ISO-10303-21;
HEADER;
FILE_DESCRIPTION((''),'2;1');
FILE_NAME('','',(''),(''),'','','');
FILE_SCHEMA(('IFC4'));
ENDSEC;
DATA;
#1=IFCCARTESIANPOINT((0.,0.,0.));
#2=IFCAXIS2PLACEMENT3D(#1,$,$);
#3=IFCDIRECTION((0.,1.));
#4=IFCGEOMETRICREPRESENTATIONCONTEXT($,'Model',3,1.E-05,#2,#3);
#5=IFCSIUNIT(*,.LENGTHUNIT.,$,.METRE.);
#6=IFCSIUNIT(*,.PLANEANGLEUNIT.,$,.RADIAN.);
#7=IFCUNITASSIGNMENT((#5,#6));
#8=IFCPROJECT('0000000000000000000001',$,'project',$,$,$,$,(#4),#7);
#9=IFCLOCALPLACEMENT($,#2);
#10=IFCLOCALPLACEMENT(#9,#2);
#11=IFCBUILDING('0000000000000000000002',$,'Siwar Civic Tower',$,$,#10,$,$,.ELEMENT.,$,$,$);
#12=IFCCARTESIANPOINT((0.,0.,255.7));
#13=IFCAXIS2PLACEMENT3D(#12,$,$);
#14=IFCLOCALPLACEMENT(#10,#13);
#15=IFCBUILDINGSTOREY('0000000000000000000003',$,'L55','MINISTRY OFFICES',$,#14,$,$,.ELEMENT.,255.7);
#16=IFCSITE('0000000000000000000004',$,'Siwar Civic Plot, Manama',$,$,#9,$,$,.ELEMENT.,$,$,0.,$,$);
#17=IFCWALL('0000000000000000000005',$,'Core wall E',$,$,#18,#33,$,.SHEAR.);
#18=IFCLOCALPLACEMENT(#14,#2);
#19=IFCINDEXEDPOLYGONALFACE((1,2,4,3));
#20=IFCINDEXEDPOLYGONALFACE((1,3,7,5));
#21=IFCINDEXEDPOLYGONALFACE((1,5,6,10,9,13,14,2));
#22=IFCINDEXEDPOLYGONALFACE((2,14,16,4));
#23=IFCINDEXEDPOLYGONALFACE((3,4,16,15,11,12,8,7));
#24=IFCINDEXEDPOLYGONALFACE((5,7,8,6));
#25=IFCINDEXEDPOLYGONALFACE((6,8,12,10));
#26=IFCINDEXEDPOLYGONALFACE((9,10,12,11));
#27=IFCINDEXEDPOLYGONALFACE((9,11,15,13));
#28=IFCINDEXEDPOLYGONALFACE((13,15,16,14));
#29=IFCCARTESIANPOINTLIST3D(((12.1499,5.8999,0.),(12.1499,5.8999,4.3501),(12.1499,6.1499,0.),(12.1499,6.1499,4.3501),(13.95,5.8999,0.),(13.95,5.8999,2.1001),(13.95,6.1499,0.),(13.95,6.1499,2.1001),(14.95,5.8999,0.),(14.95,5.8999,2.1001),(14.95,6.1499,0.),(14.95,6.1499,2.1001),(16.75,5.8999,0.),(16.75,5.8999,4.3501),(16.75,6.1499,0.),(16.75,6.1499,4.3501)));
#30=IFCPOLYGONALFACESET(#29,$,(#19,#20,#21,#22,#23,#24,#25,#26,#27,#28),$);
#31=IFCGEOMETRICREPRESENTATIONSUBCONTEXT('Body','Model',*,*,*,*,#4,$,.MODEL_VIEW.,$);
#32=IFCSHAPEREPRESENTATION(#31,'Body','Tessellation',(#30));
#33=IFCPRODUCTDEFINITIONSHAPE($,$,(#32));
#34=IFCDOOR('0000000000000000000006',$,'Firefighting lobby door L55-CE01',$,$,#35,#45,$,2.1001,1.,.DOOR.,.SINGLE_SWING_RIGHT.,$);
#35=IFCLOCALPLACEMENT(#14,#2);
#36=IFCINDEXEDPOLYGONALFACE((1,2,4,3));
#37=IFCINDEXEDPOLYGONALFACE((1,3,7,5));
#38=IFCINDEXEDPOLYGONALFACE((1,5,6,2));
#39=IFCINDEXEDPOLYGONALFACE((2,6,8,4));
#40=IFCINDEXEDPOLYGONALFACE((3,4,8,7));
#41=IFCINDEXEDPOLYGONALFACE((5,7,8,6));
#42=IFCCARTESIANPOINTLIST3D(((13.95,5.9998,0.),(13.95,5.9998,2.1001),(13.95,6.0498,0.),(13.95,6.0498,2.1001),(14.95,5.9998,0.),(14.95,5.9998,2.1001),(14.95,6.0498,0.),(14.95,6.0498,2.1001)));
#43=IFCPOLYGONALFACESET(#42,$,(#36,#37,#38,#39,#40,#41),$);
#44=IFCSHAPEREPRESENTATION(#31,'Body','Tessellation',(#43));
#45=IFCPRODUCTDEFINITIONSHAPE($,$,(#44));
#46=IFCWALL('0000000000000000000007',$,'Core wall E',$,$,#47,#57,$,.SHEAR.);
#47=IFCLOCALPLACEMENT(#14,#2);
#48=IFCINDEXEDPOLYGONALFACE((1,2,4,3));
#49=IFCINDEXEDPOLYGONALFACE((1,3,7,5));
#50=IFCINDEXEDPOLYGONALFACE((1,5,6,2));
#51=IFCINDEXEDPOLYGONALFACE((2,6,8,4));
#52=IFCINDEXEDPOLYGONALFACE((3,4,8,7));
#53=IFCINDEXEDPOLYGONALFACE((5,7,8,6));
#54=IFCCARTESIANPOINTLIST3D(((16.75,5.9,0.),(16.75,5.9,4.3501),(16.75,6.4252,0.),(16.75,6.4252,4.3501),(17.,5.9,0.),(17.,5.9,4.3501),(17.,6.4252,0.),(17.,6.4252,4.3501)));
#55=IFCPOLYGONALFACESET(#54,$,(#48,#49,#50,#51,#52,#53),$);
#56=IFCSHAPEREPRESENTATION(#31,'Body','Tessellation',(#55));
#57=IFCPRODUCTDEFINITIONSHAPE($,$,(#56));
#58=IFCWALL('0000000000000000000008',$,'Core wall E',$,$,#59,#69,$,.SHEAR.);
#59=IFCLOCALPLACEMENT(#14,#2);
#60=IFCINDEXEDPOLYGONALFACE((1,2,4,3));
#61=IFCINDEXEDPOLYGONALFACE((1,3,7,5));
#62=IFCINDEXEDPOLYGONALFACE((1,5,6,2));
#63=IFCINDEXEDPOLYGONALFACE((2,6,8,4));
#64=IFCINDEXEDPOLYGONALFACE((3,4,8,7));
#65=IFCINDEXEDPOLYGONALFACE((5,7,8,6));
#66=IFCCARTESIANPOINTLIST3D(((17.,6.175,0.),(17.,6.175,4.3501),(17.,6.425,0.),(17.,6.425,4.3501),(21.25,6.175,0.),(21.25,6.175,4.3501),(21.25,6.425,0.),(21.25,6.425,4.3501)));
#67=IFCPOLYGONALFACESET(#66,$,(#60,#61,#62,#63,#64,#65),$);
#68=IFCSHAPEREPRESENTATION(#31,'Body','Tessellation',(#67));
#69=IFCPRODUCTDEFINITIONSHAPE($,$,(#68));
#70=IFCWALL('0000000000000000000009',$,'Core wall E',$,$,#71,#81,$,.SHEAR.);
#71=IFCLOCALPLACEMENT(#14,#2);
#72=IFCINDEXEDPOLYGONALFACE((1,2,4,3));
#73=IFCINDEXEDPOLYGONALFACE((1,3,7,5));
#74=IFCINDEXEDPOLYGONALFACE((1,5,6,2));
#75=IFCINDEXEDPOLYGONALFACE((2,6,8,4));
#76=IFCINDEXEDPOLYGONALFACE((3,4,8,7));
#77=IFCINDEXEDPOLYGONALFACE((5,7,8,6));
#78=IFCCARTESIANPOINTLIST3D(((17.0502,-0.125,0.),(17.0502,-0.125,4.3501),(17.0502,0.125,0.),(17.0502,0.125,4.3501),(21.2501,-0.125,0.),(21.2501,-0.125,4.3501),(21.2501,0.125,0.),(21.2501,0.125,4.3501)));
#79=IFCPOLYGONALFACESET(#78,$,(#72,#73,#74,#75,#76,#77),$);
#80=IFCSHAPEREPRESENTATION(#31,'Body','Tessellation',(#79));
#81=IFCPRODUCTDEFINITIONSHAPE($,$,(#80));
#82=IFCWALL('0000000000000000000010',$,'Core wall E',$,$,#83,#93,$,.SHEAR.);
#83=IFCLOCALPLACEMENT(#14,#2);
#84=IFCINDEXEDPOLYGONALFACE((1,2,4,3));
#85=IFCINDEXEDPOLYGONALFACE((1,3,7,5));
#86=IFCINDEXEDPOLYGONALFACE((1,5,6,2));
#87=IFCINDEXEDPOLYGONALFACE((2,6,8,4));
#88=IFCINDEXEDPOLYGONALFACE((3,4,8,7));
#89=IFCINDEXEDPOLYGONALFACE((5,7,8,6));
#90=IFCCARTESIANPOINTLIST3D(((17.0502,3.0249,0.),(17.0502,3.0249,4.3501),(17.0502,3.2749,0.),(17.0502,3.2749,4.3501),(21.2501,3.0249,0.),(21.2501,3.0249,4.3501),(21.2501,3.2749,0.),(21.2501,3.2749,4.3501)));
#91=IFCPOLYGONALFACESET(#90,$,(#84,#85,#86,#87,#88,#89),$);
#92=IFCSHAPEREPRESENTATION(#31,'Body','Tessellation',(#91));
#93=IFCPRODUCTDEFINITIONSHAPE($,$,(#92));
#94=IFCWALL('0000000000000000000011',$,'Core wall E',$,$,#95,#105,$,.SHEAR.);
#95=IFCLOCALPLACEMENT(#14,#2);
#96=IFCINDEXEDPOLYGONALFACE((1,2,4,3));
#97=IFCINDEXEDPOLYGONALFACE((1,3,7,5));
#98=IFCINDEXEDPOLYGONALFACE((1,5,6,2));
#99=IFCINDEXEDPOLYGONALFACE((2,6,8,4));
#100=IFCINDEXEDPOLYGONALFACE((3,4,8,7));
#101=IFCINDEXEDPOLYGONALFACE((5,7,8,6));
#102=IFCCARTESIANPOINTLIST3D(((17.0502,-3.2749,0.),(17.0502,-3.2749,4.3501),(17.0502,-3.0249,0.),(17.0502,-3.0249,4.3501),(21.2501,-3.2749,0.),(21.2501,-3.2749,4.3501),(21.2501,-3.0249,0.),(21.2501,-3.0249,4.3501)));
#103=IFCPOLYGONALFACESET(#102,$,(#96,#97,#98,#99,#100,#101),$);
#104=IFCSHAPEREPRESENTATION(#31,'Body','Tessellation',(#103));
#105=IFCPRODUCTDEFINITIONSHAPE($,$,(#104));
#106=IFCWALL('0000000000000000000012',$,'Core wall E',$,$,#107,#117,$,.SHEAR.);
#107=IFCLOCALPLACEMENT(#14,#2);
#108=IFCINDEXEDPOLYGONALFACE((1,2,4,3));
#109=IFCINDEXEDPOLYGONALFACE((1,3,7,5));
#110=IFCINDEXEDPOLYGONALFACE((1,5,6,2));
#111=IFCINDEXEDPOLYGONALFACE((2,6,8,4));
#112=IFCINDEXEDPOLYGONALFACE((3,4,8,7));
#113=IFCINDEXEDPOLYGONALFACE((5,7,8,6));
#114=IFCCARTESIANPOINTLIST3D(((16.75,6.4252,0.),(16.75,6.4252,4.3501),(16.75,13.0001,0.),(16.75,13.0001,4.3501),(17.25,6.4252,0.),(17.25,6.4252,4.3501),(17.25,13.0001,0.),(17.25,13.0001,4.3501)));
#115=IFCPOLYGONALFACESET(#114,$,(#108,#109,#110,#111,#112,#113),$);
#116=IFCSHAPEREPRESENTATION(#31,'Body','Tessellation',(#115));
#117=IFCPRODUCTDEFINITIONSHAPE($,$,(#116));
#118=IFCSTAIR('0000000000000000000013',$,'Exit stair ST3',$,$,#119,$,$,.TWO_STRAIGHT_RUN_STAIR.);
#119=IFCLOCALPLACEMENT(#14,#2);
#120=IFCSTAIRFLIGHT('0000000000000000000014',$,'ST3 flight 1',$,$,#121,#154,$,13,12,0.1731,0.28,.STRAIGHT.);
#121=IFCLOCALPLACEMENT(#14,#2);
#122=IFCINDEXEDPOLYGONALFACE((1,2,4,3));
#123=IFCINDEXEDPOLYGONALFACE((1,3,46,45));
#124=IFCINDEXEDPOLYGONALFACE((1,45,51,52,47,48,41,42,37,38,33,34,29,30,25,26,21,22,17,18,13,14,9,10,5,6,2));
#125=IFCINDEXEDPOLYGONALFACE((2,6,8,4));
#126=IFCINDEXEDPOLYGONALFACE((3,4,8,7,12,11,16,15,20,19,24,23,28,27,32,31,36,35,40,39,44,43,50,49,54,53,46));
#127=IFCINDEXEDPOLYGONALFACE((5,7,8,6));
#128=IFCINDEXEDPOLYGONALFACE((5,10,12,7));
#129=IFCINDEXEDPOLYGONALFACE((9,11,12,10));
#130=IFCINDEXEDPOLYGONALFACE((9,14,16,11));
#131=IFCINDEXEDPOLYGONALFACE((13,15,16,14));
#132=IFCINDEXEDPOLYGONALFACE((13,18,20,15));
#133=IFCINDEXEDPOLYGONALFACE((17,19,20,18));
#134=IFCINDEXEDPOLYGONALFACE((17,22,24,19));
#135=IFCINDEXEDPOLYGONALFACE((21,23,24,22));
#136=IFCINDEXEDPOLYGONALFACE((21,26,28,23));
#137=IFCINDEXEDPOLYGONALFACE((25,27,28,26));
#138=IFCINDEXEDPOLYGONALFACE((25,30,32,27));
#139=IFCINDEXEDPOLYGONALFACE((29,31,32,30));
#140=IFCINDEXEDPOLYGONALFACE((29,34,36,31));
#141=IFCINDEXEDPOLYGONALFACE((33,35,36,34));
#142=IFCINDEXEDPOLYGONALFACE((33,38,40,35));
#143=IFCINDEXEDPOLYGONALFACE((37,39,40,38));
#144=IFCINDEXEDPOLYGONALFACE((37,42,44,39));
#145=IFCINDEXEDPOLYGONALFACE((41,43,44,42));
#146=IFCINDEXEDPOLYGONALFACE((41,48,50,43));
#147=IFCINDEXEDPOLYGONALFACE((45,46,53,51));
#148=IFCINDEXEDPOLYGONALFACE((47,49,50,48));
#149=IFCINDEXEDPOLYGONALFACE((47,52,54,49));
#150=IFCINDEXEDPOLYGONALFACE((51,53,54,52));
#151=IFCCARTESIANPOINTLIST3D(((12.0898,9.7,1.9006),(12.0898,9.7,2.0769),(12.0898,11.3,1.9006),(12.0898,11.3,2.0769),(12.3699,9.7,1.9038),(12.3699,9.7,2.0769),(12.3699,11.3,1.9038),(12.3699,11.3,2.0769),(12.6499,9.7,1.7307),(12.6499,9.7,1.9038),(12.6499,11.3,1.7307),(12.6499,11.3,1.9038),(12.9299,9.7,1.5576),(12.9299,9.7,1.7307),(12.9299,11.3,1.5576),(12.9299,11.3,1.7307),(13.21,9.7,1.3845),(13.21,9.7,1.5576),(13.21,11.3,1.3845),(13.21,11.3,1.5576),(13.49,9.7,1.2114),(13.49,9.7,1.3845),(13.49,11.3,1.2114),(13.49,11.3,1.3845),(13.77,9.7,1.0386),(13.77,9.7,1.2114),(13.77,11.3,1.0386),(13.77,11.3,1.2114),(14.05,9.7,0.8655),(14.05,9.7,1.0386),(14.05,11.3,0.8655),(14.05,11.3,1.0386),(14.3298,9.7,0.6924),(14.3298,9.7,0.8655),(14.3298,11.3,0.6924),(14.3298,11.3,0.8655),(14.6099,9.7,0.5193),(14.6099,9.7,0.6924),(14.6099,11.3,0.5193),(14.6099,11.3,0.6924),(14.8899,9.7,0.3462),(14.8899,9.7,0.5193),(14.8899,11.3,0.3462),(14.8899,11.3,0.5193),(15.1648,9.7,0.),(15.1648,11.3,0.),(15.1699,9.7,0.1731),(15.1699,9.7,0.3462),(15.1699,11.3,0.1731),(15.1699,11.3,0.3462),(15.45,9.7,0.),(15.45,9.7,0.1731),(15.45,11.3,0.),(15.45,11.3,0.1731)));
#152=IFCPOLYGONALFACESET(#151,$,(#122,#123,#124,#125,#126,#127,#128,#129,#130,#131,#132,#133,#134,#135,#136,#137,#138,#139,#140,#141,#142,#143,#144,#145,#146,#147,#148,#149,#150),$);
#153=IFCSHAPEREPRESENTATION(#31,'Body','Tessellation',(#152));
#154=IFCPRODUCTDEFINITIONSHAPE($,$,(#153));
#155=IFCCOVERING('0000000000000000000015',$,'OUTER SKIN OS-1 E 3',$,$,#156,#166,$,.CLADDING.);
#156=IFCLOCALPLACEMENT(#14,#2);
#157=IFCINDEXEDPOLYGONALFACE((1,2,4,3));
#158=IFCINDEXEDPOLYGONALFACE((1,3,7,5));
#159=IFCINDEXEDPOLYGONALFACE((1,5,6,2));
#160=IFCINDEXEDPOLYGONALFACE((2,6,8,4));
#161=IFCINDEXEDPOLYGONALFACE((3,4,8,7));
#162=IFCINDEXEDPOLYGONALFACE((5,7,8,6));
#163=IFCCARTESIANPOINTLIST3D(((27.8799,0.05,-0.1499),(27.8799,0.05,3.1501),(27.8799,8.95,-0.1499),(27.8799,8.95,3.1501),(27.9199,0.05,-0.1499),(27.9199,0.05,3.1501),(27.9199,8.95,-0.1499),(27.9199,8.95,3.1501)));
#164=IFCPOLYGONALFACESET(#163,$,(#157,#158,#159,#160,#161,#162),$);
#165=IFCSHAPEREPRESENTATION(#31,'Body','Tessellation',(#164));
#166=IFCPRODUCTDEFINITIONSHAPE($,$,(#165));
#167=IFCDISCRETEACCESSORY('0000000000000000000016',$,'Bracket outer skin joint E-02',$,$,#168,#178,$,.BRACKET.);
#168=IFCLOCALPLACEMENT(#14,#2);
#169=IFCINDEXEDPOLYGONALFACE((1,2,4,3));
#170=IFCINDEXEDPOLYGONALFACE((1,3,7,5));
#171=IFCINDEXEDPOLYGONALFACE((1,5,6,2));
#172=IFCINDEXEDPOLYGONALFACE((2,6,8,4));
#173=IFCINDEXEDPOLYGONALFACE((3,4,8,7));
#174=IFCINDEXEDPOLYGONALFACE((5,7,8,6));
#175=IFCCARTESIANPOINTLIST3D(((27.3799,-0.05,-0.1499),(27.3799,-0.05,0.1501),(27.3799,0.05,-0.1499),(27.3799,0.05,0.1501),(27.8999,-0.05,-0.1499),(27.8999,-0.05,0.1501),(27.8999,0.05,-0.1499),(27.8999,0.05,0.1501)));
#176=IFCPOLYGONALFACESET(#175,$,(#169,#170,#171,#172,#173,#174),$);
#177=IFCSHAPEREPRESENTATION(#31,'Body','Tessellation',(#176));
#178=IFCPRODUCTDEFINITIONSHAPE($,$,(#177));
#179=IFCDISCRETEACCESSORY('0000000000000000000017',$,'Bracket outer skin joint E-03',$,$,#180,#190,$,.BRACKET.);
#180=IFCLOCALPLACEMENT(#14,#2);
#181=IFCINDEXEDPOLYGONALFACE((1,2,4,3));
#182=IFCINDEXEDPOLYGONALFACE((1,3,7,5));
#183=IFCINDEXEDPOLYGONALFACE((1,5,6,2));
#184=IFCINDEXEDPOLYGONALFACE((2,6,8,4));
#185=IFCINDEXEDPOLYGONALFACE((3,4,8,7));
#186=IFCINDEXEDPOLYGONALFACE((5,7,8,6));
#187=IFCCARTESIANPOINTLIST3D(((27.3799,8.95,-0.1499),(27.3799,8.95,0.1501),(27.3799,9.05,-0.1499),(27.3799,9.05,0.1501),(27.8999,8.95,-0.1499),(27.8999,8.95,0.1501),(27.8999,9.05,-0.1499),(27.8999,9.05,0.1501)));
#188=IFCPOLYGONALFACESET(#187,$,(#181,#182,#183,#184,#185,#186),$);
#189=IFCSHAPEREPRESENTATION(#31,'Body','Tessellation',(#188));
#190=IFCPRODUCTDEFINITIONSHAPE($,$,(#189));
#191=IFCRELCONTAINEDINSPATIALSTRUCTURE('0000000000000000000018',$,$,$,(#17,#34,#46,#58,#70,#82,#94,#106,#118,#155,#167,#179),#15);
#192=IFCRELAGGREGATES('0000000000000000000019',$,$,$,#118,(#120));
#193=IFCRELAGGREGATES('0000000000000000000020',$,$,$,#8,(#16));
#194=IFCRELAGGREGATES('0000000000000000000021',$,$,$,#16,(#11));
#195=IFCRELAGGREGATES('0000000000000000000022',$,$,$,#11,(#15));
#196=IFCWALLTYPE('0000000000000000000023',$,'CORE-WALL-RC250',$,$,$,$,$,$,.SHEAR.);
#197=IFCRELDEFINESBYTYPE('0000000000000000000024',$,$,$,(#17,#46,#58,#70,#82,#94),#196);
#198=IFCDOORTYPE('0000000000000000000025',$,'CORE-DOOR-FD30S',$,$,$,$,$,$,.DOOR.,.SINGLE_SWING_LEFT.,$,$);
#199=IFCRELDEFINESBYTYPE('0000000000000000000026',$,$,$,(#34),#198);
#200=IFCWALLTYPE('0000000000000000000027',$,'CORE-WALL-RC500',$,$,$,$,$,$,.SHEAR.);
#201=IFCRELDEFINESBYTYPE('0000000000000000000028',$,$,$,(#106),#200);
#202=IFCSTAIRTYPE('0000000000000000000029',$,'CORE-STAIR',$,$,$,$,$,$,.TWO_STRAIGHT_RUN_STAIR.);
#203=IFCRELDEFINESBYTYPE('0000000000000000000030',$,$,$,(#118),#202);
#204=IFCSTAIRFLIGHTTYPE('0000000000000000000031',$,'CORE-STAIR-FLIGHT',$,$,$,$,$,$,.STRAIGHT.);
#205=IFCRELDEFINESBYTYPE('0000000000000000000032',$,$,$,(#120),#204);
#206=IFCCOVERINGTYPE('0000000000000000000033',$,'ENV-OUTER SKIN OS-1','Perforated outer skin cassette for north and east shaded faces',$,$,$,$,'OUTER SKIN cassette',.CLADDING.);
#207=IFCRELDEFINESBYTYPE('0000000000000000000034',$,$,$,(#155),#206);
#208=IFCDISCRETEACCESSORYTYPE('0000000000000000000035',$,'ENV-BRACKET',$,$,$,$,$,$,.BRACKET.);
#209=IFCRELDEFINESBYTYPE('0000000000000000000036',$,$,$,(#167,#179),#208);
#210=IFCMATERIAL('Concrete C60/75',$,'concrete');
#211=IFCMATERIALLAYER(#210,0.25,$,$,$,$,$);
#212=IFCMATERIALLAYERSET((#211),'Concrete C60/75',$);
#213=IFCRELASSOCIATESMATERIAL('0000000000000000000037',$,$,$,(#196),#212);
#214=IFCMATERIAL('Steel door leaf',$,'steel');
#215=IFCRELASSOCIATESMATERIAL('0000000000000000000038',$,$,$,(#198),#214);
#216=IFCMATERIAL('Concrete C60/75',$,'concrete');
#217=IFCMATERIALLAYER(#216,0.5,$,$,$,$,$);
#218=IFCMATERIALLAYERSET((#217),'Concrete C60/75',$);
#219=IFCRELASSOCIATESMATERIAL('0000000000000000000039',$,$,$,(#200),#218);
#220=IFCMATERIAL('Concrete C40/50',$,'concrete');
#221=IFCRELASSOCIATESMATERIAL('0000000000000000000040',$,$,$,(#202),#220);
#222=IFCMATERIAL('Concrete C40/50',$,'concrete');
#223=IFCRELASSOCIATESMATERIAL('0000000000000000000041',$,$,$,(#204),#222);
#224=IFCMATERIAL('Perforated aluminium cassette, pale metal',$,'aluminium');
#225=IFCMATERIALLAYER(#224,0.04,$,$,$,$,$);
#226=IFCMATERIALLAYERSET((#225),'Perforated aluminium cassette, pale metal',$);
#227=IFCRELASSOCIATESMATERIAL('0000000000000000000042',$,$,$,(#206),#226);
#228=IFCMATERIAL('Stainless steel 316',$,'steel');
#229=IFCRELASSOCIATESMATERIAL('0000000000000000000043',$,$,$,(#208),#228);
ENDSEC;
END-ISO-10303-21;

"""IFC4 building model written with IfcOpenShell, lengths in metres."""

from ifc_helpers import new_model, si_unit, direction, frame, frame_2d, origin, origin_2d, place, context, subcontext, project, spatial, polyline, rectangle, outline, extrude, material, layer, layer_set, type_object, element, fill, aggregate, save


model = new_model("IFC4")

# Units and contexts
model_context = context("Model", 3, precision=1e-05, world=origin(), true_north=direction((0.0, 1.0)))
body_context = subcontext(model_context, "Body", "Model", "MODEL_VIEW")
ifc_project = project(units=[si_unit("LENGTHUNIT", "METRE"), si_unit("PLANEANGLEUNIT", "RADIAN")], contexts=[model_context])

# Site, building, storey
site_placement = place(None, origin())
site = spatial("IfcSite", under=ifc_project, at=site_placement, Name="Siwar Civic Plot, Manama", CompositionType="ELEMENT", RefElevation=0.0)
building_placement = place(site_placement, origin())
building = spatial("IfcBuilding", under=site, at=building_placement, Name="Siwar Civic Tower", CompositionType="ELEMENT")
storey_placement = place(building_placement, frame((0.0, 0.0, 255.7)))
storey = spatial("IfcBuildingStorey", under=building, at=storey_placement, Name="L55", Description="MINISTRY OFFICES", CompositionType="ELEMENT", Elevation=255.7)

# Wall, opening, door
ifc_material_1 = material(Name="Concrete C60/75", Category="concrete")
ifc_layer_1 = layer(ifc_material_1, 0.25)
ifc_layer_set_1 = layer_set([ifc_layer_1], Name="Concrete C60/75")
wall_type_1 = type_object("IfcWallType", Name="CORE-WALL-RC250", PredefinedType="SHEAR", material=ifc_layer_set_1)
wall_1_placement = place(storey_placement, frame((12.1499, 6.0249, 0.0), z_axis=(0.0, 0.0, 1.0), x_axis=(1.0, 0.0, 0.0)))
wall_1 = element("IfcWall", 1, at=wall_1_placement, inside=storey, type_object=wall_type_1, Name="Core wall E", PredefinedType="SHEAR", context=body_context, shape_type="SweptSolid", body=[
    extrude(rectangle(XDim=4.6001, YDim=0.25, at=frame_2d((2.3, 0.0))), origin(), (0.0, 0.0, 1.0), 4.3501),
])
opening_placement = place(wall_1_placement, frame((1.8, 0.0, 0.0)))
opening = element("IfcOpeningElement", 2, at=opening_placement, cuts=wall_1, PredefinedType="OPENING", context=body_context, shape_type="SweptSolid", body=[
    extrude(rectangle(XDim=1.0, YDim=2.1001, at=frame_2d((0.5, 1.05))), frame((0.0, 0.135, 0.0), z_axis=(0.0, -1.0, 0.0), x_axis=(1.0, 0.0, 0.0)), (0.0, 0.0, 1.0), 0.27),
])
ifc_material_2 = material(Name="Steel door leaf", Category="steel")
door_type = type_object("IfcDoorType", Name="CORE-DOOR-FD30S", OperationType="SINGLE_SWING_LEFT", PredefinedType="DOOR", material=ifc_material_2)
door_placement = place(opening_placement, origin())
door = element("IfcDoor", 3, at=door_placement, inside=storey, type_object=door_type, Name="Firefighting lobby door L55-CE01", OperationType="SINGLE_SWING_RIGHT", OverallHeight=2.1001, OverallWidth=1.0, PredefinedType="DOOR", context=body_context, shape_type="SweptSolid", body=[
    extrude(rectangle(XDim=1.0, YDim=2.1001, at=frame_2d((0.5, 1.05))), frame((0.0, 0.0249, 0.0), z_axis=(0.0, -1.0, 0.0), x_axis=(1.0, 0.0, 0.0)), (0.0, 0.0, 1.0), 0.05),
])
fill(opening, door)

# Walls
wall_2_placement = place(storey_placement, frame((16.875, 5.8999, 0.0), z_axis=(0.0, 0.0, 1.0), x_axis=(0.0, 1.0, 0.0)))
element("IfcWall", 4, at=wall_2_placement, inside=storey, type_object=wall_type_1, Name="Core wall E", PredefinedType="SHEAR", context=body_context, shape_type="SweptSolid", body=[
    extrude(rectangle(XDim=0.5251, YDim=0.25, at=frame_2d((0.2627, 0.0))), origin(), (0.0, 0.0, 1.0), 4.3501),
])
wall_3_placement = place(storey_placement, frame((17.0, 6.3, 0.0), z_axis=(0.0, 0.0, 1.0), x_axis=(1.0, 0.0, 0.0)))
element("IfcWall", 5, at=wall_3_placement, inside=storey, type_object=wall_type_1, Name="Core wall E", PredefinedType="SHEAR", context=body_context, shape_type="SweptSolid", body=[
    extrude(rectangle(XDim=4.25, YDim=0.25, at=frame_2d((2.125, 0.0))), origin(), (0.0, 0.0, 1.0), 4.3501),
])
for number, where, z_axis, x_axis, name in (
    (6, (17.05, 0.0, 0.0), (0.0, 0.0, 1.0), (1.0, 0.0, 0.0), "Core wall E"),
    (7, (17.05, 3.1499, 0.0), (0.0, 0.0, 1.0), (1.0, 0.0, 0.0), "Core wall E"),
    (8, (17.05, -3.1499, 0.0), (0.0, 0.0, 1.0), (1.0, 0.0, 0.0), "Core wall E"),
):
    element("IfcWall", number, at=place(storey_placement, frame(where, z_axis=z_axis, x_axis=x_axis)), inside=storey, type_object=wall_type_1, Name=name, PredefinedType="SHEAR", context=body_context, shape_type="SweptSolid", body=[
        extrude(rectangle(XDim=4.2, YDim=0.25, at=frame_2d((2.1001, 0.0))), origin(), (0.0, 0.0, 1.0), 4.3501),
    ])
ifc_material_3 = material(Name="Concrete C60/75", Category="concrete")
ifc_layer_2 = layer(ifc_material_3, 0.5)
ifc_layer_set_2 = layer_set([ifc_layer_2], Name="Concrete C60/75")
wall_type_2 = type_object("IfcWallType", Name="CORE-WALL-RC500", PredefinedType="SHEAR", material=ifc_layer_set_2)
wall_4_placement = place(storey_placement, frame((17.0, 6.425, 0.0), z_axis=(0.0, 0.0, 1.0), x_axis=(0.0, 1.0, 0.0)))
element("IfcWall", 9, at=wall_4_placement, inside=storey, type_object=wall_type_2, Name="Core wall E", PredefinedType="SHEAR", context=body_context, shape_type="SweptSolid", body=[
    extrude(rectangle(XDim=6.575, YDim=0.5, at=frame_2d((3.2876, 0.0))), origin(), (0.0, 0.0, 1.0), 4.3501),
])

# Stair, stair flight
ifc_material_4 = material(Name="Concrete C40/50", Category="concrete")
stair_type = type_object("IfcStairType", Name="CORE-STAIR", PredefinedType="TWO_STRAIGHT_RUN_STAIR", material=ifc_material_4)
stair_placement = place(storey_placement, origin())
stair = element("IfcStair", 10, at=stair_placement, inside=storey, type_object=stair_type, Name="Exit stair ST3", PredefinedType="TWO_STRAIGHT_RUN_STAIR")
ifc_material_5 = material(Name="Concrete C40/50", Category="concrete")
stair_flight_type = type_object("IfcStairFlightType", Name="CORE-STAIR-FLIGHT", PredefinedType="STRAIGHT", material=ifc_material_5)
stair_flight_placement = place(storey_placement, frame((15.45, 10.5, 0.0), z_axis=(0.0, 0.0, 1.0), x_axis=(-1.0, 0.0, 0.0)))
stair_flight = element("IfcStairFlight", 11, at=stair_flight_placement, type_object=stair_flight_type, Name="ST3 flight 1", NumberOfRisers=13, NumberOfTreads=12, PredefinedType="STRAIGHT", RiserHeight=0.1731, TreadLength=0.28, context=body_context, shape_type="SweptSolid", body=[
    extrude(outline(polyline([(0.0, 0.0), (0.0, 0.1731), (0.28, 0.1731), (0.28, 0.3462), (0.5601, 0.3462), (0.5601, 0.5193), (0.8401, 0.5193), (0.8401, 0.6924), (1.1201, 0.6924), (1.1201, 0.8655), (1.3999, 0.8655), (1.3999, 1.0386), (1.6799, 1.0386), (1.6799, 1.2114), (1.96, 1.2114), (1.96, 1.3845), (2.24, 1.3845), (2.24, 1.5576), (2.52, 1.5576), (2.52, 1.7307), (2.8, 1.7307), (2.8, 1.9038), (3.0801, 1.9038), (3.0801, 2.0769), (3.3601, 2.0769), (3.3601, 2.25), (3.3601, 1.9006), (0.2852, 0.0), (0.0, 0.0)])), frame((0.0, 0.8, 0.0), z_axis=(0.0, -1.0, 0.0), x_axis=(1.0, 0.0, 0.0)), (0.0, 0.0, 1.0), 1.6001),
])
aggregate(stair, [stair_flight])

# Covering
ifc_material_6 = material(Name="Perforated aluminium cassette, pale metal", Category="aluminium")
ifc_layer_3 = layer(ifc_material_6, 0.04)
ifc_layer_set_3 = layer_set([ifc_layer_3], Name="Perforated aluminium cassette, pale metal")
covering_type = type_object("IfcCoveringType", Name="ENV-OUTER SKIN OS-1", Description="Perforated outer skin cassette for north and east shaded faces", ElementType="OUTER SKIN cassette", PredefinedType="CLADDING", material=ifc_layer_set_3)
covering_placement = place(storey_placement, frame((27.8999, 4.5, -0.1499), z_axis=(0.0, 0.0, 1.0), x_axis=(0.0, 1.0, 0.0)))
element("IfcCovering", 12, at=covering_placement, inside=storey, type_object=covering_type, Name="OUTER SKIN OS-1 E 3", PredefinedType="CLADDING", context=body_context, shape_type="SweptSolid", body=[
    extrude(rectangle(XDim=8.8999, YDim=0.04, at=origin_2d()), origin(), (0.0, 0.0, 1.0), 3.3),
])

# Discrete accessories
ifc_material_7 = material(Name="Stainless steel 316", Category="steel")
discrete_accessory_type = type_object("IfcDiscreteAccessoryType", Name="ENV-BRACKET", PredefinedType="BRACKET", material=ifc_material_7)
for number, where, z_axis, x_axis, name in (
    (13, (27.6399, 0.0, -0.1499), (0.0, 0.0, 1.0), (1.0, 0.0, 0.0), "Bracket outer skin joint E-02"),
    (14, (27.6399, 9.0, -0.1499), (0.0, 0.0, 1.0), (1.0, 0.0, 0.0), "Bracket outer skin joint E-03"),
):
    element("IfcDiscreteAccessory", number, at=place(storey_placement, frame(where, z_axis=z_axis, x_axis=x_axis)), inside=storey, type_object=discrete_accessory_type, Name=name, PredefinedType="BRACKET", context=body_context, shape_type="SweptSolid", body=[
        extrude(rectangle(XDim=0.52, YDim=0.1001, at=origin_2d()), origin(), (0.0, 0.0, 1.0), 0.3),
    ])

save(model, "model.ifc")
